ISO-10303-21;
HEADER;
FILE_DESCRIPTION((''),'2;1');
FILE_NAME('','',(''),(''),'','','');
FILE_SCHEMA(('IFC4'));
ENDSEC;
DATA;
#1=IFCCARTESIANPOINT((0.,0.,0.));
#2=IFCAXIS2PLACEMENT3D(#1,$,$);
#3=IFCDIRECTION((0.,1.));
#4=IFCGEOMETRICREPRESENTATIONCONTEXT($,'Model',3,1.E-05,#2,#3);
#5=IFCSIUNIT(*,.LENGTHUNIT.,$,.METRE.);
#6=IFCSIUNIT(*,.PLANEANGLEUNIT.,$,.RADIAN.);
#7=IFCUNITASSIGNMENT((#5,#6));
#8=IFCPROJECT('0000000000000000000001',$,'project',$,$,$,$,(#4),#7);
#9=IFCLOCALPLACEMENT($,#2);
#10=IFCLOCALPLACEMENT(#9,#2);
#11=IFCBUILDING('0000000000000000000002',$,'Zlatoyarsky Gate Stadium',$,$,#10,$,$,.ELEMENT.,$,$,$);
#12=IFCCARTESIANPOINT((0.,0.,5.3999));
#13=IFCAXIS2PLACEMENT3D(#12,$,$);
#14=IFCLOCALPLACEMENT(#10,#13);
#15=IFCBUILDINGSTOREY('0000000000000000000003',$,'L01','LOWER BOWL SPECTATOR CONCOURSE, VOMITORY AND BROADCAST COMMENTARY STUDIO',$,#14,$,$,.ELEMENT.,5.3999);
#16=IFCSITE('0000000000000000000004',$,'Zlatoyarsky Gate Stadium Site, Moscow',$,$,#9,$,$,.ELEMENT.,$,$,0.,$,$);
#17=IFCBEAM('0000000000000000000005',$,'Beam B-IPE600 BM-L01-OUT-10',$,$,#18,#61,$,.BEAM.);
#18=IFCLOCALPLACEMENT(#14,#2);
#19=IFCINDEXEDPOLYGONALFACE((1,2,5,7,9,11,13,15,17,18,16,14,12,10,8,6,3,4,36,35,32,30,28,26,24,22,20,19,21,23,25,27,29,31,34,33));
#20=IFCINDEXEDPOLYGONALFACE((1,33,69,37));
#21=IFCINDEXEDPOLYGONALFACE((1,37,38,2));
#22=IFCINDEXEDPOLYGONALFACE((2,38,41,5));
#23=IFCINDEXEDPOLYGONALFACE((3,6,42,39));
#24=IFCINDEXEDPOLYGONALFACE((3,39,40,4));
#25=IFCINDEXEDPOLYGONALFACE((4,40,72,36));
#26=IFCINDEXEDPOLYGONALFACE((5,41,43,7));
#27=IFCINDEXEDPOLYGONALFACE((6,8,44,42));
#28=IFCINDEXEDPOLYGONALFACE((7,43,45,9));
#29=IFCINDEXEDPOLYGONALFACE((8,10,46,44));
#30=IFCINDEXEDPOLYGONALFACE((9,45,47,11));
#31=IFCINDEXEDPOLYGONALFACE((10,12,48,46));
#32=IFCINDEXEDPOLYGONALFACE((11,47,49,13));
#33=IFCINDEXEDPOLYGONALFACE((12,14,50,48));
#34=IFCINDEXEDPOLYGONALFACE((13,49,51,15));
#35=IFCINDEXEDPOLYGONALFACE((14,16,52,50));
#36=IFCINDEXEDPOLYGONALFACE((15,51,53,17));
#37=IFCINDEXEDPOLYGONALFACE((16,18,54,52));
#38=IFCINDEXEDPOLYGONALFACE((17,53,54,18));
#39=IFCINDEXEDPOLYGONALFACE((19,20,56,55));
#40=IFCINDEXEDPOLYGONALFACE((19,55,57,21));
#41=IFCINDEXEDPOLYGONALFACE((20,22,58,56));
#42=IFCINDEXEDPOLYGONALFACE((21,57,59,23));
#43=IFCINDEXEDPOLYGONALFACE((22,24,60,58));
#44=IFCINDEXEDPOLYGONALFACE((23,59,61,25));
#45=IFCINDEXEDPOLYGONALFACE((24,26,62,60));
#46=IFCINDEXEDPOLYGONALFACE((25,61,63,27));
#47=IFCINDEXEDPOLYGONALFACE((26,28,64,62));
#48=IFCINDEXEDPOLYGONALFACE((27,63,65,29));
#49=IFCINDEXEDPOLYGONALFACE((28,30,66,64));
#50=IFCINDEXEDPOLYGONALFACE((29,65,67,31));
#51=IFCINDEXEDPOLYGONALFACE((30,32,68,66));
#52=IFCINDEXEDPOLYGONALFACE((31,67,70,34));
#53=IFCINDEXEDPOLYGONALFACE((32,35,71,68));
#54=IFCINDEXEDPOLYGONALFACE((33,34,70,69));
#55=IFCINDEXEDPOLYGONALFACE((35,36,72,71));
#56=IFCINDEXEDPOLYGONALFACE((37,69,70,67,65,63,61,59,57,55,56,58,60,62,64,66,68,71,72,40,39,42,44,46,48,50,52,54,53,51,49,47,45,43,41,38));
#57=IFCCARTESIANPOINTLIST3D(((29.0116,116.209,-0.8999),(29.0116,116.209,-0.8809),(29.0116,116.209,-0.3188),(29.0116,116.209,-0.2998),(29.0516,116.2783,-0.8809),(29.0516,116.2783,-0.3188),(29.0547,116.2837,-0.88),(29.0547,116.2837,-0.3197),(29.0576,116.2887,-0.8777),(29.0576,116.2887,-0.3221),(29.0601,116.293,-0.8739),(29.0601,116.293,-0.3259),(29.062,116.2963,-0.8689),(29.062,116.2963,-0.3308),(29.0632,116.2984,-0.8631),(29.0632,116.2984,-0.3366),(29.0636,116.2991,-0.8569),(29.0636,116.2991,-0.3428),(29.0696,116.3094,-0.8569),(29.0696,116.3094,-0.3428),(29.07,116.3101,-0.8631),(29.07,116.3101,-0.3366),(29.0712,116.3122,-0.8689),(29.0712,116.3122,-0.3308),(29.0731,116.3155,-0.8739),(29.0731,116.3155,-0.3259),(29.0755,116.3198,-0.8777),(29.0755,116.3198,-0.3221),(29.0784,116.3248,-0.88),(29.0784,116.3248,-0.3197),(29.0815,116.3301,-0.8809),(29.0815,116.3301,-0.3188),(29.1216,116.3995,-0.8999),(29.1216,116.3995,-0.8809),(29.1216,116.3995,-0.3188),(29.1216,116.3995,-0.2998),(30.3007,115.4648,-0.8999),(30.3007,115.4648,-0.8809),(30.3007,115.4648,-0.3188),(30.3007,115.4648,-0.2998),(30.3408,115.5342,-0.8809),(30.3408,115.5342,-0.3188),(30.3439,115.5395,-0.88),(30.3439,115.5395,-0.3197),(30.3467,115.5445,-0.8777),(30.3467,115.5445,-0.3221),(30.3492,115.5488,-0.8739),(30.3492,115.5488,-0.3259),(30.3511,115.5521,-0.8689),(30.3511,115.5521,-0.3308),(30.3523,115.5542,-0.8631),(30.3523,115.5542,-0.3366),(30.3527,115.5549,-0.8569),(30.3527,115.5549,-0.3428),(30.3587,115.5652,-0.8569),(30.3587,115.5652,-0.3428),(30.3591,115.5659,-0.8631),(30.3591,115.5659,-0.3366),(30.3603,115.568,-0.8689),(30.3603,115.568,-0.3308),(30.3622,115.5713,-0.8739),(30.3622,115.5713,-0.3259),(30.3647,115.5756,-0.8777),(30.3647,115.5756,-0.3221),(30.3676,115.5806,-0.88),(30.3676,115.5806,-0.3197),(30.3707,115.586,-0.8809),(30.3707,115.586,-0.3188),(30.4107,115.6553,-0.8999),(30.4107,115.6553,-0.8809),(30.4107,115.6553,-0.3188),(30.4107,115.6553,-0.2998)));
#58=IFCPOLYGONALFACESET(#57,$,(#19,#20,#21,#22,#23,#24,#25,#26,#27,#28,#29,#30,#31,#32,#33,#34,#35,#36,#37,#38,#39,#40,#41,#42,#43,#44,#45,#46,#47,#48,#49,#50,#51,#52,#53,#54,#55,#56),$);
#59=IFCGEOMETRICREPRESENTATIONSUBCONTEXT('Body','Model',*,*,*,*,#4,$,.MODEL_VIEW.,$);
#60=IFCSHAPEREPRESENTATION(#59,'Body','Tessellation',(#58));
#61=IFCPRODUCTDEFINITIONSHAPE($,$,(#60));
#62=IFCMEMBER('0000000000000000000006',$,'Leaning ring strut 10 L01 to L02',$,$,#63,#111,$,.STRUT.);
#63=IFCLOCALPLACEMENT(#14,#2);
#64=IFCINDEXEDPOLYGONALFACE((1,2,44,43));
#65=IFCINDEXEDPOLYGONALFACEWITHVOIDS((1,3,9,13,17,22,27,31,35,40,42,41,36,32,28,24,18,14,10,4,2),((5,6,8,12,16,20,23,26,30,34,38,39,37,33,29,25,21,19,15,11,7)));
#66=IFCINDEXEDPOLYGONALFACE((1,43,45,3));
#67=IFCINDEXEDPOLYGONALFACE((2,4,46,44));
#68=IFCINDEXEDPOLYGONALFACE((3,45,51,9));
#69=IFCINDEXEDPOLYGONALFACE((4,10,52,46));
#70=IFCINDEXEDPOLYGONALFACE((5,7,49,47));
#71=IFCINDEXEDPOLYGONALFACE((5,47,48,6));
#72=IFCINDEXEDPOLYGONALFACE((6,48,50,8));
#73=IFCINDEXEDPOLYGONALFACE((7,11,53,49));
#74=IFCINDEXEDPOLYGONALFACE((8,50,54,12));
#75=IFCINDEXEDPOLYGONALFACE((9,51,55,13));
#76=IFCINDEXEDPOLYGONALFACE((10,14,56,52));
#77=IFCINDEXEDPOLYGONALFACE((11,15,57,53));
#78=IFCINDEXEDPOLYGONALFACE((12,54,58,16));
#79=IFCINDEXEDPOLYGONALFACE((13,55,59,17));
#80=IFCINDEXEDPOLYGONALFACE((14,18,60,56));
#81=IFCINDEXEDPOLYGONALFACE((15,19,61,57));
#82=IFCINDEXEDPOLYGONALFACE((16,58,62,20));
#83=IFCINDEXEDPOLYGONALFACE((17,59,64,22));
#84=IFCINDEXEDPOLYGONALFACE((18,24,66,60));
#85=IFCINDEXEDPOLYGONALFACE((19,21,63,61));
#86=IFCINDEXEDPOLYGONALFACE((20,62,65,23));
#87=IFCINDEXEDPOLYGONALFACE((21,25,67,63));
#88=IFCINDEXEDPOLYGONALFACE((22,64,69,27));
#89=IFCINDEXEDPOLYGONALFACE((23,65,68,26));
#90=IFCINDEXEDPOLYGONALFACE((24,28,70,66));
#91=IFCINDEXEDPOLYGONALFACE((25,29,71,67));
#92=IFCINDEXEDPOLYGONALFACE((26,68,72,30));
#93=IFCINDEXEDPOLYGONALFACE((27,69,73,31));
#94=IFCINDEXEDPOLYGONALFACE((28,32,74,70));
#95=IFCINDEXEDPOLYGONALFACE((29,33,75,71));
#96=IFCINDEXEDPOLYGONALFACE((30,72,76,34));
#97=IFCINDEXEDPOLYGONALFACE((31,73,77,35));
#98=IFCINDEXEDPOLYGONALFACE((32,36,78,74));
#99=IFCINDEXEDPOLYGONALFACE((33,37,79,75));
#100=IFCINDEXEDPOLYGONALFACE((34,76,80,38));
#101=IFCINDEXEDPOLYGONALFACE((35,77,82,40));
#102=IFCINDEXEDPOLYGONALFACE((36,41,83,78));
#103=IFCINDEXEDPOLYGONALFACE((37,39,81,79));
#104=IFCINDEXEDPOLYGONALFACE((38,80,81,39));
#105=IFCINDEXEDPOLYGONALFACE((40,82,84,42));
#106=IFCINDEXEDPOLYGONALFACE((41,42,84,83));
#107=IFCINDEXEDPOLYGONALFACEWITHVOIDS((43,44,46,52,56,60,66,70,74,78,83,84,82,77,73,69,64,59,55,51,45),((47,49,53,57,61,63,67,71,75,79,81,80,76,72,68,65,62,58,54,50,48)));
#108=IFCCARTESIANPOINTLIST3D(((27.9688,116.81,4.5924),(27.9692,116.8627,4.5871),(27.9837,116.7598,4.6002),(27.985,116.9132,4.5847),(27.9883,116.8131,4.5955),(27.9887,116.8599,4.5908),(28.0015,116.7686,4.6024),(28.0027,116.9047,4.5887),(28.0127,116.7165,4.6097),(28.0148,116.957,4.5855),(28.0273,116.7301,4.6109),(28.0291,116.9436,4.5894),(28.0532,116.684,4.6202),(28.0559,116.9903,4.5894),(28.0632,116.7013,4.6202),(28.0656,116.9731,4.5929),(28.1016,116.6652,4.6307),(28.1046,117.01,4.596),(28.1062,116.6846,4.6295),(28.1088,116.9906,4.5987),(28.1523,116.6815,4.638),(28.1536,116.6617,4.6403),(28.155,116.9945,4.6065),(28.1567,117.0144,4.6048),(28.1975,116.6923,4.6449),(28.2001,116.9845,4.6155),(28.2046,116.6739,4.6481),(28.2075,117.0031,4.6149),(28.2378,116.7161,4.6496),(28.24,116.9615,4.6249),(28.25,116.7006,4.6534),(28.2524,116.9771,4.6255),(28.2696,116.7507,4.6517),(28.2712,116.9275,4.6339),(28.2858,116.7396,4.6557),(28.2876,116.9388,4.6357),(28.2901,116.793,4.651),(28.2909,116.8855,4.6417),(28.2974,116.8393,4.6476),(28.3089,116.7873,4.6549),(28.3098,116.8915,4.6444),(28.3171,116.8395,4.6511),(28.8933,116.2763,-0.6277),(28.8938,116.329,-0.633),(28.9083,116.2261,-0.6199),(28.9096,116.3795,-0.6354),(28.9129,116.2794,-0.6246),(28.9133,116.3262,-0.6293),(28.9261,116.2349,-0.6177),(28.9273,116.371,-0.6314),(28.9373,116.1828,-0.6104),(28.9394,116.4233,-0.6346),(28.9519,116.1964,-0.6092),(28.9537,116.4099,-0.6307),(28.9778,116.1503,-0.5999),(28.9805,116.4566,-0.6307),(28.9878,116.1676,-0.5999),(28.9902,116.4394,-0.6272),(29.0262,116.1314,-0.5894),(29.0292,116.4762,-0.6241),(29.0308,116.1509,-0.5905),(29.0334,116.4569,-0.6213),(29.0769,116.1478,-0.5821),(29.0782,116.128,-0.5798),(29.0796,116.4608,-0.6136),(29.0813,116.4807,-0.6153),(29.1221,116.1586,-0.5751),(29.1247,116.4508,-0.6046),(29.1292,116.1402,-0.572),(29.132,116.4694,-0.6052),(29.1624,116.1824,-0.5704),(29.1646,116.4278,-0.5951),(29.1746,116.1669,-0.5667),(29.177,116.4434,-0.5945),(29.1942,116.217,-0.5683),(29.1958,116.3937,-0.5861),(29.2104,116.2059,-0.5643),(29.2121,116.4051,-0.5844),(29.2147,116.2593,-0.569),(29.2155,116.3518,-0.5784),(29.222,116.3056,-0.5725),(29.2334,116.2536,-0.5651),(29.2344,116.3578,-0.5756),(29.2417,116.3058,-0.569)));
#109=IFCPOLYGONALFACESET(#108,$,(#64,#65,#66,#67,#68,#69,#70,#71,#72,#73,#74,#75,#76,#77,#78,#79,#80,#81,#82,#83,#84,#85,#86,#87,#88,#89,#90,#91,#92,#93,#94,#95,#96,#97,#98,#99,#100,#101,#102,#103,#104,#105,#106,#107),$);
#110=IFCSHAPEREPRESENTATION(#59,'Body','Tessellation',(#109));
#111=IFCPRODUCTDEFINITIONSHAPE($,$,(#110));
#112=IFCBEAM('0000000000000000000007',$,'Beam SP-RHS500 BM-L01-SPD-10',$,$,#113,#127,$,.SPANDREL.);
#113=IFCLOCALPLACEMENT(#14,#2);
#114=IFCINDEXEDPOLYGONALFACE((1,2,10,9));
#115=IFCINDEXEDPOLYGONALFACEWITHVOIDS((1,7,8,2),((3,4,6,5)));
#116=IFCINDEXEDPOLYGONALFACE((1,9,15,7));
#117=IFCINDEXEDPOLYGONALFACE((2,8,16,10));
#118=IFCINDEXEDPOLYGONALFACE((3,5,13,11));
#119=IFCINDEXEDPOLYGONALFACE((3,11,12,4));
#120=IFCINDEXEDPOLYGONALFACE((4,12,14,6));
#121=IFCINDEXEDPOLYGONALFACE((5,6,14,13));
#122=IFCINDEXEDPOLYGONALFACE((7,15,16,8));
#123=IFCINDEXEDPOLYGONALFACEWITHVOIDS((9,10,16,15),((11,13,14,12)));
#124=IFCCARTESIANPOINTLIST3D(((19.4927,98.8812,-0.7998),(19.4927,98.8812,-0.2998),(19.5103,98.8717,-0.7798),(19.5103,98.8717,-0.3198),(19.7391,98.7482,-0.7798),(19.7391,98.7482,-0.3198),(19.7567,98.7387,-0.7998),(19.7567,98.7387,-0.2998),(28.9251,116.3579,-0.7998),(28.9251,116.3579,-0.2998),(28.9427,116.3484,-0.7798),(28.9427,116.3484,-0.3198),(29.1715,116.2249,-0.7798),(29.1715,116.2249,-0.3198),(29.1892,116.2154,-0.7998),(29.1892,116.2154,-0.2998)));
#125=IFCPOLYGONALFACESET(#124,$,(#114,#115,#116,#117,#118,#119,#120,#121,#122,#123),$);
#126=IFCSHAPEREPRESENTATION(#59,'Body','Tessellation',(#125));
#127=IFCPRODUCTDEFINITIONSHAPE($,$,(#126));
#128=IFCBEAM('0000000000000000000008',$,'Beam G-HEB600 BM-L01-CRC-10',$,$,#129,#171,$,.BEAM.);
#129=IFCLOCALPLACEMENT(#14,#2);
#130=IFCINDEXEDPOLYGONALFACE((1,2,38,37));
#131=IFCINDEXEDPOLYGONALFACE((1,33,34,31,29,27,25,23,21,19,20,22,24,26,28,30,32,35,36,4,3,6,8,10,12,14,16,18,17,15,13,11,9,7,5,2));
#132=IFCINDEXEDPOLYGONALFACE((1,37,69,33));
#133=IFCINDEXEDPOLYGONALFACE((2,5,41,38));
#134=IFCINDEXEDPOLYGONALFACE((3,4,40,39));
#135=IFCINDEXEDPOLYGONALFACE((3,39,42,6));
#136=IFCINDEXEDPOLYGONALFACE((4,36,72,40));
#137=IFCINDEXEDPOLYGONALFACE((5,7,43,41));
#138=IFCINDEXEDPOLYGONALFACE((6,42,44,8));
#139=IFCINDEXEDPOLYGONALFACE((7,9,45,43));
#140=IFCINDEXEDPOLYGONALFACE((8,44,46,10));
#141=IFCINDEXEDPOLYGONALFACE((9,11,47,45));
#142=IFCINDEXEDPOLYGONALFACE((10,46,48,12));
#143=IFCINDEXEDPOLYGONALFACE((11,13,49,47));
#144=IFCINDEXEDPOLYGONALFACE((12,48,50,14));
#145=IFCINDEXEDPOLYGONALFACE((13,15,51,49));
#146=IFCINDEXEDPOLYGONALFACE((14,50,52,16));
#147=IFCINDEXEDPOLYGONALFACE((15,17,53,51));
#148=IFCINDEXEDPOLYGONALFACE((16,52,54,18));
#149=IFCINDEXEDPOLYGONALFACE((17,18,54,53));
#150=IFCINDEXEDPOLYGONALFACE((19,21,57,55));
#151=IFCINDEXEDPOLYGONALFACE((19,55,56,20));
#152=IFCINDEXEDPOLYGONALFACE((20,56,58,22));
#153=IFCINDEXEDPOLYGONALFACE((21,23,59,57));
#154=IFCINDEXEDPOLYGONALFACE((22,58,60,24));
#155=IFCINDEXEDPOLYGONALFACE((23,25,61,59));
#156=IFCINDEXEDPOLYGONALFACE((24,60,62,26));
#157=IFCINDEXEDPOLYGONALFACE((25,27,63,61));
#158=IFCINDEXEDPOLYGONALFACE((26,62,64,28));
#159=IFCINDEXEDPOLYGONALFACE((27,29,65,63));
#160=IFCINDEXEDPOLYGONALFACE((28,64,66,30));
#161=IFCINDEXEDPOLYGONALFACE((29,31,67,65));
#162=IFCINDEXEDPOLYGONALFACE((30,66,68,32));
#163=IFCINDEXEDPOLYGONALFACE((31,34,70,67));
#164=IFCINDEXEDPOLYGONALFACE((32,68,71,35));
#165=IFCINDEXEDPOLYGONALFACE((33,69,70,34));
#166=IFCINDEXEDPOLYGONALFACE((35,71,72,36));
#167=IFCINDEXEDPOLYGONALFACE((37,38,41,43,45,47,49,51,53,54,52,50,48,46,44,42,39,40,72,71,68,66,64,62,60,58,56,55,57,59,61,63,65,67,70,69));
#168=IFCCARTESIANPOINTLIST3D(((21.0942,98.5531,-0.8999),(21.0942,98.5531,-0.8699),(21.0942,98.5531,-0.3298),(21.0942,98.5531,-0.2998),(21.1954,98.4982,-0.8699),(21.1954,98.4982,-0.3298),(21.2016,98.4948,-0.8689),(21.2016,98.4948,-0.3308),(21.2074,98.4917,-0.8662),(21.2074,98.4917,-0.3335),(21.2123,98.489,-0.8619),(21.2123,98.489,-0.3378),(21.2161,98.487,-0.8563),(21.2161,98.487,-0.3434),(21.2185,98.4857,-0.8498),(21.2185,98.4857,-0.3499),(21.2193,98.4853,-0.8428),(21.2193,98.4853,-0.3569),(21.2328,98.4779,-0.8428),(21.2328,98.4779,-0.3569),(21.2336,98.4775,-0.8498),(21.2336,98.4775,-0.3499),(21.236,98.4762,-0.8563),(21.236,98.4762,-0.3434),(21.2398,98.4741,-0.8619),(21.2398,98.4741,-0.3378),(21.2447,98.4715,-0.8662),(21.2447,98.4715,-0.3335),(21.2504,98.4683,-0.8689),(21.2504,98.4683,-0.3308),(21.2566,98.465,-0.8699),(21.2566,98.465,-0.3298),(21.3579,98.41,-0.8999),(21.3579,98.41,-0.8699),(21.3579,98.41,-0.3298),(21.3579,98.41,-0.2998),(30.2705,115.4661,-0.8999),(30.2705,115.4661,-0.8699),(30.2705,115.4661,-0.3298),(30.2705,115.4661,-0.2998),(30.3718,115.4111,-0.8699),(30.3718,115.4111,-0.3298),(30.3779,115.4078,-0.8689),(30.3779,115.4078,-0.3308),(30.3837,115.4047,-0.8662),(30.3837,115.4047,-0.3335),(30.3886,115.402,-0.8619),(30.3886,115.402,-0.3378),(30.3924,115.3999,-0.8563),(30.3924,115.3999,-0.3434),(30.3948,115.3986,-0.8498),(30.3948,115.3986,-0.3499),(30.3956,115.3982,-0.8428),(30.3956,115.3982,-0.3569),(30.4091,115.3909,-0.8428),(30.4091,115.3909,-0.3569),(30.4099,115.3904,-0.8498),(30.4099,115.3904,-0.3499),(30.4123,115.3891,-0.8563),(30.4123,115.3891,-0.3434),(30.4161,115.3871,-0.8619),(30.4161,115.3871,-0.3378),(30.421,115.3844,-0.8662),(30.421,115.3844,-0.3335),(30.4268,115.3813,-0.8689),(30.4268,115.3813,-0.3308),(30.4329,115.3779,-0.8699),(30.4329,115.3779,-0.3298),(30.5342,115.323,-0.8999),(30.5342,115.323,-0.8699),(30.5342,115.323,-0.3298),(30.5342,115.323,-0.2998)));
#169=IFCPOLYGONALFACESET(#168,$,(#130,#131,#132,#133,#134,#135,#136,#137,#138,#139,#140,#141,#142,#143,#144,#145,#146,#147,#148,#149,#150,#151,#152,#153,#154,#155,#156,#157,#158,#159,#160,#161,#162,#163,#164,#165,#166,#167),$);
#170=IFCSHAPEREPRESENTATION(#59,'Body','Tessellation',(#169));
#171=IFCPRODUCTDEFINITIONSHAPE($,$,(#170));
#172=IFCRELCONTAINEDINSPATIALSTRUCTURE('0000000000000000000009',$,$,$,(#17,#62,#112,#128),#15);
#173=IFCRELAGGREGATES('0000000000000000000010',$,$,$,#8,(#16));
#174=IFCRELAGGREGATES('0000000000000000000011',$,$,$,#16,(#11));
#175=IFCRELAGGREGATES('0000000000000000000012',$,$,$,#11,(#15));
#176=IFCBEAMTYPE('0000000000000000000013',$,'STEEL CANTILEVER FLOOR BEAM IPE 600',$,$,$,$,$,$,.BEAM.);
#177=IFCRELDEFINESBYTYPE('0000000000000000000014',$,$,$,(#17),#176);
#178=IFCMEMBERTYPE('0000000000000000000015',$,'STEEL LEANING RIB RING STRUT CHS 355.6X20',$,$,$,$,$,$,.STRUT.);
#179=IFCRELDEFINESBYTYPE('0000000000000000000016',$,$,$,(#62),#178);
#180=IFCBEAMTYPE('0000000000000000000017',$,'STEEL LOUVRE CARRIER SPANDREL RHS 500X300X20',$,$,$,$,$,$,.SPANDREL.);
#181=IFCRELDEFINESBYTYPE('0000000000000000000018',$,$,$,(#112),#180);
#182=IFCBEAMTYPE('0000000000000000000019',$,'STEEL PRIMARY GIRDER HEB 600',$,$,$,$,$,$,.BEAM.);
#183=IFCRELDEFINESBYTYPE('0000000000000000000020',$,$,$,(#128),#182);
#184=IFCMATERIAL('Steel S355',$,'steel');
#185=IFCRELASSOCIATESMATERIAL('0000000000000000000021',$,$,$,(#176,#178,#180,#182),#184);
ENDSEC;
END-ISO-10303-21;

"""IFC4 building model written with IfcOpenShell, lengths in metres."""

from ifc_helpers import new_model, si_unit, direction, frame, origin, origin_2d, place, context, subcontext, project, spatial, hollow_rectangle, hollow_circle, i_section, extrude, material, material_profile, profile_set, type_object, element, save


model = new_model("IFC4")

# Units and contexts
model_context = context("Model", 3, precision=1e-05, world=origin(), true_north=direction((0.0, 1.0)))
body_context = subcontext(model_context, "Body", "Model", "MODEL_VIEW")
ifc_project = project(units=[si_unit("LENGTHUNIT", "METRE"), si_unit("PLANEANGLEUNIT", "RADIAN")], contexts=[model_context])

# Site, building, storey
site_placement = place(None, origin())
site = spatial("IfcSite", under=ifc_project, at=site_placement, Name="Zlatoyarsky Gate Stadium Site, Moscow", CompositionType="ELEMENT", RefElevation=0.0)
building_placement = place(site_placement, origin())
building = spatial("IfcBuilding", under=site, at=building_placement, Name="Zlatoyarsky Gate Stadium", CompositionType="ELEMENT")
storey_placement = place(building_placement, frame((0.0, 0.0, 5.3999)))
storey = spatial("IfcBuildingStorey", under=building, at=storey_placement, Name="L01", Description="LOWER BOWL SPECTATOR CONCOURSE, VOMITORY AND BROADCAST COMMENTARY STUDIO", CompositionType="ELEMENT", Elevation=5.3999)

# Shared definitions
ifc_material_1 = material(Name="Steel S355", Category="steel")

# Beam
ifc_material_profile_1 = material_profile(ifc_material_1, i_section(OverallWidth=0.22, OverallDepth=0.6001, WebThickness=0.012, FlangeThickness=0.019, FilletRadius=0.0239, at=origin_2d()), Name="IPE 600")
ifc_profile_set_1 = profile_set([ifc_material_profile_1], Name="Steel S355")
beam_type_1 = type_object("IfcBeamType", Name="STEEL CANTILEVER FLOOR BEAM IPE 600", PredefinedType="BEAM", material=ifc_profile_set_1)
beam_1_placement = place(storey_placement, frame((30.3557, 115.5601, -0.5999), z_axis=(-0.866054, 0.49995, 0.0), x_axis=(-0.49995, -0.866054, 0.0)))
element("IfcBeam", 1, at=beam_1_placement, inside=storey, type_object=beam_type_1, Name="Beam B-IPE600 BM-L01-OUT-10", PredefinedType="BEAM", context=body_context, shape_type="SweptSolid", body=[
    extrude(i_section(OverallWidth=0.22, OverallDepth=0.6001, WebThickness=0.012, FlangeThickness=0.019, FilletRadius=0.0239, at=origin_2d()), origin(), (0.0, 0.0, 1.0), 1.4885),
])

# Member
ifc_material_profile_2 = material_profile(ifc_material_1, hollow_circle(Radius=0.1777, WallThickness=0.02, at=origin_2d()), Name="CHS 355.6X20")
ifc_profile_set_2 = profile_set([ifc_material_profile_2], Name="Steel S355")
member_type_1 = type_object("IfcMemberType", Name="STEEL LEANING RIB RING STRUT CHS 355.6X20", PredefinedType="STRUT", material=ifc_profile_set_2)
member_1_placement = place(storey_placement, frame((29.0667, 116.3042, -0.5999), z_axis=(-0.173528, 0.100167, 0.979722), x_axis=(-0.499927, -0.866068, 0.0)))
element("IfcMember", 2, at=member_1_placement, inside=storey, type_object=member_type_1, Name="Leaning ring strut 10 L01 to L02", PredefinedType="STRUT", context=body_context, shape_type="SweptSolid", body=[
    extrude(hollow_circle(Radius=0.1777, WallThickness=0.02, at=origin_2d()), origin(), (0.0, 0.0, 1.0), 5.3281),
])

# Beams
ifc_material_profile_3 = material_profile(ifc_material_1, hollow_rectangle(XDim=0.3, YDim=0.5, WallThickness=0.02, at=origin_2d()), Name="RHS 500X300X20")
ifc_profile_set_3 = profile_set([ifc_material_profile_3], Name="Steel S355")
beam_type_2 = type_object("IfcBeamType", Name="STEEL LOUVRE CARRIER SPANDREL RHS 500X300X20", PredefinedType="SPANDREL", material=ifc_profile_set_3)
beam_2_placement = place(storey_placement, frame((29.0571, 116.2866, -0.5498), z_axis=(-0.474955, -0.88001, 0.0), x_axis=(0.88001, -0.474955, 0.0)))
element("IfcBeam", 3, at=beam_2_placement, inside=storey, type_object=beam_type_2, Name="Beam SP-RHS500 BM-L01-SPD-10", PredefinedType="SPANDREL", context=body_context, shape_type="SweptSolid", body=[
    extrude(hollow_rectangle(XDim=0.3, YDim=0.5, WallThickness=0.02, at=origin_2d()), origin(), (0.0, 0.0, 1.0), 19.8596),
])
ifc_material_profile_4 = material_profile(ifc_material_1, i_section(OverallWidth=0.3, OverallDepth=0.6001, WebThickness=0.0154, FlangeThickness=0.03, FilletRadius=0.0271, at=origin_2d()), Name="HEB 600")
ifc_profile_set_4 = profile_set([ifc_material_profile_4], Name="Steel S355")
beam_type_3 = type_object("IfcBeamType", Name="STEEL PRIMARY GIRDER HEB 600", PredefinedType="BEAM", material=ifc_profile_set_4)
beam_3_placement = place(storey_placement, frame((30.4023, 115.3945, -0.5999), z_axis=(-0.476892, -0.878962, 0.0), x_axis=(0.878962, -0.476892, 0.0)))
element("IfcBeam", 4, at=beam_3_placement, inside=storey, type_object=beam_type_3, Name="Beam G-HEB600 BM-L01-CRC-10", PredefinedType="BEAM", context=body_context, shape_type="SweptSolid", body=[
    extrude(i_section(OverallWidth=0.3, OverallDepth=0.6001, WebThickness=0.0154, FlangeThickness=0.03, FilletRadius=0.0271, at=origin_2d()), origin(), (0.0, 0.0, 1.0), 19.2419),
])

save(model, "model.ifc")
